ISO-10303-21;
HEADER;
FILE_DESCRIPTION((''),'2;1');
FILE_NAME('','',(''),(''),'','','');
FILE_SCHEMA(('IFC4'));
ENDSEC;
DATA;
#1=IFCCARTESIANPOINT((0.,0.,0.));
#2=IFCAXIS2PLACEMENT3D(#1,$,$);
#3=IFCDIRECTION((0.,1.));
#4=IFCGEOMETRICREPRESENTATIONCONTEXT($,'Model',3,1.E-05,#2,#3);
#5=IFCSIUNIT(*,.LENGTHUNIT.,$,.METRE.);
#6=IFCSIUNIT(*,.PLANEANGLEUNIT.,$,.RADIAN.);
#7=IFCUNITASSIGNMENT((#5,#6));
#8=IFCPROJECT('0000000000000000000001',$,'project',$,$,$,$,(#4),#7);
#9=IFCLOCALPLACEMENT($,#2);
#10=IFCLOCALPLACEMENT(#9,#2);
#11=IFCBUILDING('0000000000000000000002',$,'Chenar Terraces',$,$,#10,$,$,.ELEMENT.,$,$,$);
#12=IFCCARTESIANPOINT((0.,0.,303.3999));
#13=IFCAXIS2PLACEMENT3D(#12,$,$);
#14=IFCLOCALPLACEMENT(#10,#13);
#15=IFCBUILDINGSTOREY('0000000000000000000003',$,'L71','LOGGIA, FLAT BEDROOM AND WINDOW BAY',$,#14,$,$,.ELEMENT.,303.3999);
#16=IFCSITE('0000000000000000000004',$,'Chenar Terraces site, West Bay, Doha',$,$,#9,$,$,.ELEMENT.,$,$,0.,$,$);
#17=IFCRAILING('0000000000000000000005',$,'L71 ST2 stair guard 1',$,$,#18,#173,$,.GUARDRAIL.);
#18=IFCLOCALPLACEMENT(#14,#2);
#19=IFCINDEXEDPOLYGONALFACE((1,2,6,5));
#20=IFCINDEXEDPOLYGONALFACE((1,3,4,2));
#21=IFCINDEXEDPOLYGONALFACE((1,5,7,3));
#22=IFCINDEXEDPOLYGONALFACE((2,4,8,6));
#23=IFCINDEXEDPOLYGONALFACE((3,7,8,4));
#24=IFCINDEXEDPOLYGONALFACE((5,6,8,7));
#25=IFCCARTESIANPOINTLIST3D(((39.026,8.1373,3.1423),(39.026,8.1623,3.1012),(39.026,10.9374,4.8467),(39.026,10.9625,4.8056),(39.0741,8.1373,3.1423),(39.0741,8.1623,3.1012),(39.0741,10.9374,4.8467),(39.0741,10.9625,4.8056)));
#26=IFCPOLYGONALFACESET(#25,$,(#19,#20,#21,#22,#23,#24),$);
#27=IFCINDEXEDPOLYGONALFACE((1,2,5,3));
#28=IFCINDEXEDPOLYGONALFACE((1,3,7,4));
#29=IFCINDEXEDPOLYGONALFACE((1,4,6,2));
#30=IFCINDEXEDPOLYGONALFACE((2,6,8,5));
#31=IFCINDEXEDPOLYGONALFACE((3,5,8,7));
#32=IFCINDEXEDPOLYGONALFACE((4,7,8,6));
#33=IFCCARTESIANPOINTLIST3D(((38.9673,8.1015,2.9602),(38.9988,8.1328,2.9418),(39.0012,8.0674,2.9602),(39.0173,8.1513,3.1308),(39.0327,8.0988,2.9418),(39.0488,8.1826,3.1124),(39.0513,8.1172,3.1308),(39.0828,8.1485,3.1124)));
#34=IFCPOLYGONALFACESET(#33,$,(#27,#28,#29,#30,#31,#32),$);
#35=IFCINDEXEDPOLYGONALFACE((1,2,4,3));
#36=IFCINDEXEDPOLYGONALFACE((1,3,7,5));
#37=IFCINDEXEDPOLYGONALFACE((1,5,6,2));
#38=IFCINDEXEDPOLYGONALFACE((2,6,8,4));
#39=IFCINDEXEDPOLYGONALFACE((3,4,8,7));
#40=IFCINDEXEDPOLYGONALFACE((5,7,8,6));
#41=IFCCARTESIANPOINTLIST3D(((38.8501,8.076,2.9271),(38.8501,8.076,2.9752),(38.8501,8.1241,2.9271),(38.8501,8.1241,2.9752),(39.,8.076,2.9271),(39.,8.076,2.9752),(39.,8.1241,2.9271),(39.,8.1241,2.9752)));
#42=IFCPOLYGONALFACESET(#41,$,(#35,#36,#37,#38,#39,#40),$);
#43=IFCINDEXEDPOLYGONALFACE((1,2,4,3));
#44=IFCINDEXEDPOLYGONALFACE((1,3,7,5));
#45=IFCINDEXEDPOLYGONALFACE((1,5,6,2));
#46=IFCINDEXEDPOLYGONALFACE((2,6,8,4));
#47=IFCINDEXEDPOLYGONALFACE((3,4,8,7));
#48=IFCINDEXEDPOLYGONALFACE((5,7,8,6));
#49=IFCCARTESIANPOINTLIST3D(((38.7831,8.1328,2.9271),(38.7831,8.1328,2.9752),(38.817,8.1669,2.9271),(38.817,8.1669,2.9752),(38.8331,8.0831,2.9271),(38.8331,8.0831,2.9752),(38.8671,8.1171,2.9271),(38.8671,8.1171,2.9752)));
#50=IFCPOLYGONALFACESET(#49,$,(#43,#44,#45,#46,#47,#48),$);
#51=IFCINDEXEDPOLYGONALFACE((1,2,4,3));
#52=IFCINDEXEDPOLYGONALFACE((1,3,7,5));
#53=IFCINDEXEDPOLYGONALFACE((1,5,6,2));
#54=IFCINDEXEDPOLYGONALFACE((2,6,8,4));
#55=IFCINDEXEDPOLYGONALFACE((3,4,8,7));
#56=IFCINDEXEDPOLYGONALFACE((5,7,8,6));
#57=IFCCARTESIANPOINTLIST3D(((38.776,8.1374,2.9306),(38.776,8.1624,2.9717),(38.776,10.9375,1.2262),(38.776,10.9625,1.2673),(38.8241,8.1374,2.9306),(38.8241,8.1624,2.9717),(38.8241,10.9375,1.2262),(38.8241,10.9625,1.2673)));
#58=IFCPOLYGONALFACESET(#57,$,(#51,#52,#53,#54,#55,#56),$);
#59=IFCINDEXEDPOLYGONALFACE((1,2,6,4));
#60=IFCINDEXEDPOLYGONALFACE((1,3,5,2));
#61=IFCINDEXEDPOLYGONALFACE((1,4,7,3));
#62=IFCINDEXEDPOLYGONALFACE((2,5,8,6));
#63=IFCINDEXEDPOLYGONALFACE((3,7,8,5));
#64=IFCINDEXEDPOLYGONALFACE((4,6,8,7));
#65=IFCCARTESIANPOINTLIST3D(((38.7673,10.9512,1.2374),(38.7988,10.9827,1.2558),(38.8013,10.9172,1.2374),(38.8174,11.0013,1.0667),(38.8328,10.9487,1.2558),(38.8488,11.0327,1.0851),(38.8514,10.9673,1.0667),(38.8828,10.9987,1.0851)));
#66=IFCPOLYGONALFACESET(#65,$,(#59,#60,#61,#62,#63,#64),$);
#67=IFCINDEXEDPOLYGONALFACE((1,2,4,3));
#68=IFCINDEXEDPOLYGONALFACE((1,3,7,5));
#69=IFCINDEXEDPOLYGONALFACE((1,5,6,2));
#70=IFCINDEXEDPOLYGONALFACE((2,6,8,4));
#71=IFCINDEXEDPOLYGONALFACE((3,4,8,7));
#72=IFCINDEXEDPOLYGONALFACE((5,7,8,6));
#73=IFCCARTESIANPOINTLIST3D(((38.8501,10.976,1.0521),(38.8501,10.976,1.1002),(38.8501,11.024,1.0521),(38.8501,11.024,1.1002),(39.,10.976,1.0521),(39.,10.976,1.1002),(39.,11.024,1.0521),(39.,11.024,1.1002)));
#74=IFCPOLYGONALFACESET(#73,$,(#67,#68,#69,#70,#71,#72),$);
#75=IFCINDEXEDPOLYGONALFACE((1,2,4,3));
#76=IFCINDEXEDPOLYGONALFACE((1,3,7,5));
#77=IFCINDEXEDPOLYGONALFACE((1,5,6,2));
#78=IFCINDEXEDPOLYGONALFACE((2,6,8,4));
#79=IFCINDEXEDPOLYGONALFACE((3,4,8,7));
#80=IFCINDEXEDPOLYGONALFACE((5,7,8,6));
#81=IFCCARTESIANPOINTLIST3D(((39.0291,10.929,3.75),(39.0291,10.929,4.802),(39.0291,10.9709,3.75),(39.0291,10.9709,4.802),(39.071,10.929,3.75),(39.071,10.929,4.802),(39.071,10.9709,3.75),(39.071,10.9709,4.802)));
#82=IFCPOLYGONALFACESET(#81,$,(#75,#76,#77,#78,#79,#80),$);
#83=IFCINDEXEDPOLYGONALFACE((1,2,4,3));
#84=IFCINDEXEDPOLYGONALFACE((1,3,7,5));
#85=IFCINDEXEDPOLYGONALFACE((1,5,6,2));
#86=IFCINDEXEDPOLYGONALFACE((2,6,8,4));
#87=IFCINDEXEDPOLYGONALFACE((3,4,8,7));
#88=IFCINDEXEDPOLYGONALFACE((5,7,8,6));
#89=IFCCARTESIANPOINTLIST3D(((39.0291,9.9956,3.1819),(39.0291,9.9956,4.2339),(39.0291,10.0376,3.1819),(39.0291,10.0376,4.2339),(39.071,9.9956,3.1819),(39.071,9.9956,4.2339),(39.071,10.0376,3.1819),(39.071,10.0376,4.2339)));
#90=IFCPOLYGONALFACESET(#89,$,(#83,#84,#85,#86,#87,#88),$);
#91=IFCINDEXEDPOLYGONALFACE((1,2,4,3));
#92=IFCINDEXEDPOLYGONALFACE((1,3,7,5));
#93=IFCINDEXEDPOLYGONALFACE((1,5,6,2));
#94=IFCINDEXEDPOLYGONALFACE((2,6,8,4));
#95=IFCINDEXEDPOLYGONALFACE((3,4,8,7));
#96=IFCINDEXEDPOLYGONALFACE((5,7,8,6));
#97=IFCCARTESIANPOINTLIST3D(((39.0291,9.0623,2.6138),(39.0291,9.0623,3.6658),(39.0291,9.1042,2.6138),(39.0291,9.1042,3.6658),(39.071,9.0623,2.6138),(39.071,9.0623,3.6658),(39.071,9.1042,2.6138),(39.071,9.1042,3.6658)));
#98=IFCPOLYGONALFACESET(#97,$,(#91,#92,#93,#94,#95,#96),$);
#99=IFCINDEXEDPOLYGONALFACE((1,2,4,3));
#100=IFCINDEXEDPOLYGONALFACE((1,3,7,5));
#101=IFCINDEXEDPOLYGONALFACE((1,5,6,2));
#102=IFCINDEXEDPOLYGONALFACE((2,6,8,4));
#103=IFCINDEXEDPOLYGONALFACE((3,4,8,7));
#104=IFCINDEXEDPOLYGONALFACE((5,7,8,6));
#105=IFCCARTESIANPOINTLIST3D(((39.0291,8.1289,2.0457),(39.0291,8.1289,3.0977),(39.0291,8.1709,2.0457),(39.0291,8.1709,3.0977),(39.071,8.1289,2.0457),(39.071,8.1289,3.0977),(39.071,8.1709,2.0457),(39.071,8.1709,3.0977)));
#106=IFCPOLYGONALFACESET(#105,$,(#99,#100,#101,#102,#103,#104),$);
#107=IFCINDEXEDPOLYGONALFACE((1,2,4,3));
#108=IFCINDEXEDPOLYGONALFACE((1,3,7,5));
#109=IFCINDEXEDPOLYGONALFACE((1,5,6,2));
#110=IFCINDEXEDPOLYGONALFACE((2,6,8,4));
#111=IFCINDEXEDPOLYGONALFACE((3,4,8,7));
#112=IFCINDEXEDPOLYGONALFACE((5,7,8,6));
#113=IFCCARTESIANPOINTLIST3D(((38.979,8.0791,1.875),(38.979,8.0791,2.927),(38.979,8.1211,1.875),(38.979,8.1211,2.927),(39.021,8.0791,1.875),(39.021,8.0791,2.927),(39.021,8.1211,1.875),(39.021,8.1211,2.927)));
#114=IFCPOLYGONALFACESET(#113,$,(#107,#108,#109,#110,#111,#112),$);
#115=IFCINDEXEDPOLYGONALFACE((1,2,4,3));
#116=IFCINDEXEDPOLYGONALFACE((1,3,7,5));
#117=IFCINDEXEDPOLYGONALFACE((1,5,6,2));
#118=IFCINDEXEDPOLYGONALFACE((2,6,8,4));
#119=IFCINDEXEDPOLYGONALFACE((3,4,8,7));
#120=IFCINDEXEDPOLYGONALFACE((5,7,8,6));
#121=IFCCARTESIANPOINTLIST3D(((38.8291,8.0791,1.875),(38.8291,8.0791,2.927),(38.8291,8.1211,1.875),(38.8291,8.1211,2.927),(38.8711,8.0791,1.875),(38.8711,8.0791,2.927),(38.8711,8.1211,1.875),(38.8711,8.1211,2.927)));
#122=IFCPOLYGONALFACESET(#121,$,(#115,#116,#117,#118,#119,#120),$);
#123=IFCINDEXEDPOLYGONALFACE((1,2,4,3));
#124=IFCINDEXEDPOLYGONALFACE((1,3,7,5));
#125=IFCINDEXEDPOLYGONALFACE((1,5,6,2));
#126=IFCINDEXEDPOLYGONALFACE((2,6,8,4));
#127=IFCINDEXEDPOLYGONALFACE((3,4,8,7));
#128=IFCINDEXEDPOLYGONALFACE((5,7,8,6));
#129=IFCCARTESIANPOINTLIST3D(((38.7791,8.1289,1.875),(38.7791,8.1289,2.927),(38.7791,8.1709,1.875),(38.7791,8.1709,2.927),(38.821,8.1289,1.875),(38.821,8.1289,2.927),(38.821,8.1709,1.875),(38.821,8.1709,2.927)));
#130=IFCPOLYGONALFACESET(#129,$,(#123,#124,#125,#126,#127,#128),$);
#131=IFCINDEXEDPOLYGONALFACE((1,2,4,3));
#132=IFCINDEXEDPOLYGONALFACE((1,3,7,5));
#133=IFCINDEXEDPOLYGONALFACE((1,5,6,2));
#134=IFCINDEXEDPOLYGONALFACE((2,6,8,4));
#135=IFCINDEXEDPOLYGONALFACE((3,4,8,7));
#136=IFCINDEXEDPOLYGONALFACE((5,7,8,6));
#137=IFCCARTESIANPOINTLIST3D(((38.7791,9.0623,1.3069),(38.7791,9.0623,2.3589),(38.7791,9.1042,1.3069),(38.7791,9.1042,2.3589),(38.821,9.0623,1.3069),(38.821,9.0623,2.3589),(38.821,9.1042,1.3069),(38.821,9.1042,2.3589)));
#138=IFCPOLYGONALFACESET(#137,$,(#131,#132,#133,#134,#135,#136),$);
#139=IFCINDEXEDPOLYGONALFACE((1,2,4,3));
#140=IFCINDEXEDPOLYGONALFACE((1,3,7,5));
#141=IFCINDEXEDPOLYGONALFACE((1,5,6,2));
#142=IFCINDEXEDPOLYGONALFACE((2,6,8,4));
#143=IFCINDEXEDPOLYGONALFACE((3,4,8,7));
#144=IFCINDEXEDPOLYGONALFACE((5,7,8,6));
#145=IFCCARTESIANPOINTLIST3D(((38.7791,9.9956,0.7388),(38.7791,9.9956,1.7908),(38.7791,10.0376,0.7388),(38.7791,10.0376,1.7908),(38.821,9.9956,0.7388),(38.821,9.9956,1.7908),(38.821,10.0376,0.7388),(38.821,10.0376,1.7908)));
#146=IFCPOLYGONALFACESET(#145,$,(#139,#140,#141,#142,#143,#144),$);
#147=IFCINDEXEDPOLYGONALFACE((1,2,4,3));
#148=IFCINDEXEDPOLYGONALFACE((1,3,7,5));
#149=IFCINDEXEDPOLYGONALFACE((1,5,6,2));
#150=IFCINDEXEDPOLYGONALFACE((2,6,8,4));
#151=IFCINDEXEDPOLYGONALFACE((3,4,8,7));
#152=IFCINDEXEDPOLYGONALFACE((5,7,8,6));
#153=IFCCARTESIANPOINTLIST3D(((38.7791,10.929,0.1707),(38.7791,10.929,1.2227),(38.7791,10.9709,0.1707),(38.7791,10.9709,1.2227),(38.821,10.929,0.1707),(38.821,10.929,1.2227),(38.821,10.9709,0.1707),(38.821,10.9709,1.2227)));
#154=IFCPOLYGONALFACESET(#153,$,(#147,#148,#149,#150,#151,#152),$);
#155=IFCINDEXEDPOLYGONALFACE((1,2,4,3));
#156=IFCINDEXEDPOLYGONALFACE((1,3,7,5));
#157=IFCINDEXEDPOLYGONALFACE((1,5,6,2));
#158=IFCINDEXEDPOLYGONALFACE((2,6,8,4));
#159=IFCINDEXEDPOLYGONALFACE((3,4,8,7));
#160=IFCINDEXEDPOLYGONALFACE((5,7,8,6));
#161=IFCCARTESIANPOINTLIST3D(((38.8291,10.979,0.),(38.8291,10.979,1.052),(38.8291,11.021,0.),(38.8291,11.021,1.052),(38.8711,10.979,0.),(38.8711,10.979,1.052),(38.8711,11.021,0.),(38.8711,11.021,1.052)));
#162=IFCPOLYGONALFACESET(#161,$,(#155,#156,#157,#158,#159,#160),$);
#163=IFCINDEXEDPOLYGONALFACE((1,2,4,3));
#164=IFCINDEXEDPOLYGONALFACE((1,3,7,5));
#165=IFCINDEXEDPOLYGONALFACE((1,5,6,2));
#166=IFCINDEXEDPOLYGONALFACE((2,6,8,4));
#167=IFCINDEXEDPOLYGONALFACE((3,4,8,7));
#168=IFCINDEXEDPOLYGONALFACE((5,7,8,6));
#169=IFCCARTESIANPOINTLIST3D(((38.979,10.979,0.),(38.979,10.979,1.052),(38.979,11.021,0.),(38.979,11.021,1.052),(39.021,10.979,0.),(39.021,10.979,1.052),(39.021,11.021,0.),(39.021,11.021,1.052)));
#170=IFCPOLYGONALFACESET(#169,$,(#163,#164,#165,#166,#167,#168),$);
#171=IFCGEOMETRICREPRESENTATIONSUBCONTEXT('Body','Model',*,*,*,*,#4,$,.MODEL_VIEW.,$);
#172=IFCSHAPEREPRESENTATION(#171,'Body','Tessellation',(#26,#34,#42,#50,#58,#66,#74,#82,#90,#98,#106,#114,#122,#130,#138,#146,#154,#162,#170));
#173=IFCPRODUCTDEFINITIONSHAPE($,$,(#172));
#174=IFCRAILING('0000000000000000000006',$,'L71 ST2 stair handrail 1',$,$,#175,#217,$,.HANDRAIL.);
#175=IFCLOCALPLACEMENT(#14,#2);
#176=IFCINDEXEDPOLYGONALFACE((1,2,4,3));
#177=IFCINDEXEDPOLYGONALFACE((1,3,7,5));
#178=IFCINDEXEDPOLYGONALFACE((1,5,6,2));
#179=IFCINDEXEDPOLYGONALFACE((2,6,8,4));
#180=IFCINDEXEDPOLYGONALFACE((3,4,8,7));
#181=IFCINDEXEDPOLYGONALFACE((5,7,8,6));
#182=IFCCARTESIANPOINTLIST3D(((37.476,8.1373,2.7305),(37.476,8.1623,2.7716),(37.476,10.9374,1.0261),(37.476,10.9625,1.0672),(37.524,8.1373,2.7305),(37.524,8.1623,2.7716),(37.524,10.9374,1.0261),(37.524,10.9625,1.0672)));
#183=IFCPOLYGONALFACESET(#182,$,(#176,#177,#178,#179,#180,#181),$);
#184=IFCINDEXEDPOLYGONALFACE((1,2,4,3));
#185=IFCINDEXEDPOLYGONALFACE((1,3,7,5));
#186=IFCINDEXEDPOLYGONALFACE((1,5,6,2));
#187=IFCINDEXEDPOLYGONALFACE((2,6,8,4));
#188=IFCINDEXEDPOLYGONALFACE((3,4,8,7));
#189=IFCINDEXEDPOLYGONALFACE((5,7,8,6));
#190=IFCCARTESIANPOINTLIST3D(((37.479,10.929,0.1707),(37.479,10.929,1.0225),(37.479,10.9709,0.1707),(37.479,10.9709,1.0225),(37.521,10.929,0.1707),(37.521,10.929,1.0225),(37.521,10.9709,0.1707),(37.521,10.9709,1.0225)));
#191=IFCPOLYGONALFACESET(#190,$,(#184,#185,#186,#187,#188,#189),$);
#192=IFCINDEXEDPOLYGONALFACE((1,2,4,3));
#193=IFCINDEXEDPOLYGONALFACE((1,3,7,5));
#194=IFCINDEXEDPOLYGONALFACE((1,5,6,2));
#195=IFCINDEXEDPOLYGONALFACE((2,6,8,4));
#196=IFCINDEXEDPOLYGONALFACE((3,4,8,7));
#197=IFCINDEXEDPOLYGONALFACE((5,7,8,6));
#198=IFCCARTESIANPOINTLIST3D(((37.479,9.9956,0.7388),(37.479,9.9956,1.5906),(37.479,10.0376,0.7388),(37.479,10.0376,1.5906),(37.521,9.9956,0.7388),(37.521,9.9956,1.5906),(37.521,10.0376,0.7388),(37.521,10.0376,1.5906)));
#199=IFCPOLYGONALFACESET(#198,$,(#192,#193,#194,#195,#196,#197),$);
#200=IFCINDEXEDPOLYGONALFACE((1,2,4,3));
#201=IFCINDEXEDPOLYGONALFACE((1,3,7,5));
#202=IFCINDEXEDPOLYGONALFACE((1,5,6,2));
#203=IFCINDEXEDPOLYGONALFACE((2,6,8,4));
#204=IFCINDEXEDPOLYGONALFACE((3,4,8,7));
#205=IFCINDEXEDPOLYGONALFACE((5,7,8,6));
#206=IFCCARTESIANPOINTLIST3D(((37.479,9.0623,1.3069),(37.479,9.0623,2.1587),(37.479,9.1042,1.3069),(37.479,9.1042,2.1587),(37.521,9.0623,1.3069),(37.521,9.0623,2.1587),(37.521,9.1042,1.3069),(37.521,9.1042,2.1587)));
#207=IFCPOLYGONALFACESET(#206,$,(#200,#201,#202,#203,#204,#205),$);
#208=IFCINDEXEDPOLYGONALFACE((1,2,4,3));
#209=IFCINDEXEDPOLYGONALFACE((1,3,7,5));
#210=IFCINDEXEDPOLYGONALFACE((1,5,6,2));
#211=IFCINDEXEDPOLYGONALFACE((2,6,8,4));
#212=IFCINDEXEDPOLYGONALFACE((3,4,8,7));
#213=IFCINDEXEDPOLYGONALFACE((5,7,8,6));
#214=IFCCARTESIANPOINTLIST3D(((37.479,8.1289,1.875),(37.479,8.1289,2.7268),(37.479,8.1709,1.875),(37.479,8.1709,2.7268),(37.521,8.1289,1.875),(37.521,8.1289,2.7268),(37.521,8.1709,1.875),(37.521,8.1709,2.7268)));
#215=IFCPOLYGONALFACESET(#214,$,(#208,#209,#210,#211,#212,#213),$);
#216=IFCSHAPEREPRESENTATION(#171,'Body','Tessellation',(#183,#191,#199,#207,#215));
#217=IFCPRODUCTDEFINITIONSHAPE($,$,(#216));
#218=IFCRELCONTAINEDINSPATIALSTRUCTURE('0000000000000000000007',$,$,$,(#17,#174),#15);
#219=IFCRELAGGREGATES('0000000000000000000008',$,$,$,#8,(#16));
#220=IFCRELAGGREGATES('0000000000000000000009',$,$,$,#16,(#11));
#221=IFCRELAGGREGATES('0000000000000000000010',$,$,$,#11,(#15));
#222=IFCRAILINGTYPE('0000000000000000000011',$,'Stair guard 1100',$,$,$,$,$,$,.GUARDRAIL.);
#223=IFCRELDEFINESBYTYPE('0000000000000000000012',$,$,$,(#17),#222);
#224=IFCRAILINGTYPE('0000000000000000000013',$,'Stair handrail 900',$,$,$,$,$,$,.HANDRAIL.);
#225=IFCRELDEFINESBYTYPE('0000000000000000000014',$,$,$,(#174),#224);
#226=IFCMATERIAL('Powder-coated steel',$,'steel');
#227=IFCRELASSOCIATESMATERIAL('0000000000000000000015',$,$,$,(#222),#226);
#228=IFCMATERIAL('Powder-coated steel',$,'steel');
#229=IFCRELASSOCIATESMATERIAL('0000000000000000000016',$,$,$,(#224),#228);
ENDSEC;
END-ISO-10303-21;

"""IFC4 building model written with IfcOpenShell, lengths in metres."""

from ifc_helpers import new_model, si_unit, direction, frame, origin, origin_2d, place, context, subcontext, project, spatial, rectangle, extrude, material, type_object, element, save


model = new_model("IFC4")

# Units and contexts
model_context = context("Model", 3, precision=1e-05, world=origin(), true_north=direction((0.0, 1.0)))
body_context = subcontext(model_context, "Body", "Model", "MODEL_VIEW")
ifc_project = project(units=[si_unit("LENGTHUNIT", "METRE"), si_unit("PLANEANGLEUNIT", "RADIAN")], contexts=[model_context])

# Site, building, storey
site_placement = place(None, origin())
site = spatial("IfcSite", under=ifc_project, at=site_placement, Name="Chenar Terraces site, West Bay, Doha", CompositionType="ELEMENT", RefElevation=0.0)
building_placement = place(site_placement, origin())
building = spatial("IfcBuilding", under=site, at=building_placement, Name="Chenar Terraces", CompositionType="ELEMENT")
storey_placement = place(building_placement, frame((0.0, 0.0, 303.3999)))
storey = spatial("IfcBuildingStorey", under=building, at=storey_placement, Name="L71", Description="LOGGIA, FLAT BEDROOM AND WINDOW BAY", CompositionType="ELEMENT", Elevation=303.3999)

# Railings
ifc_material_1 = material(Name="Powder-coated steel", Category="steel")
railing_type_1 = type_object("IfcRailingType", Name="Stair guard 1100", PredefinedType="GUARDRAIL", material=ifc_material_1)
railing_1_placement = place(storey_placement, frame((39.05, 10.95, 3.75)))
element("IfcRailing", 1, at=railing_1_placement, inside=storey, type_object=railing_type_1, Name="L71 ST2 stair guard 1", PredefinedType="GUARDRAIL", context=body_context, shape_type="SweptSolid", body=[
    extrude(rectangle(XDim=0.0481, YDim=0.0481, at=origin_2d()), frame((0.0, 0.0, 1.0762), z_axis=(0.0, -0.854203, -0.51994), x_axis=(1.0, 0.0, 0.0)), (0.0, 0.0, 1.0), 3.2781),
    extrude(rectangle(XDim=0.0481, YDim=0.0481, at=origin_2d()), frame((0.0, -2.8, -0.6284), z_axis=(-0.270997, -0.269675, -0.924033), x_axis=(0.705376, -0.708834, 0.0)), (0.0, 0.0, 1.0), 0.1846),
    extrude(rectangle(XDim=0.0481, YDim=0.0481, at=origin_2d()), frame((-0.05, -2.8499, -0.7988), z_axis=(-1.0, 0.0, 0.0), x_axis=(0.0, -1.0, 0.0)), (0.0, 0.0, 1.0), 0.1499),
    extrude(rectangle(XDim=0.0481, YDim=0.0481, at=origin_2d()), frame((-0.2, -2.8499, -0.7988), z_axis=(-0.708834, 0.705376, 0.0), x_axis=(-0.705376, -0.708834, 0.0)), (0.0, 0.0, 1.0), 0.0706),
    extrude(rectangle(XDim=0.0481, YDim=0.0481, at=origin_2d()), frame((-0.25, -2.8, -0.7988), z_axis=(0.0, 0.854203, -0.51994), x_axis=(-1.0, 0.0, 0.0)), (0.0, 0.0, 1.0), 3.2781),
    extrude(rectangle(XDim=0.0481, YDim=0.0481, at=origin_2d()), frame((-0.25, 0.0, -2.5034), z_axis=(0.2709, 0.2709, -0.923703), x_axis=(-0.707107, 0.707107, 0.0)), (0.0, 0.0, 1.0), 0.1848),
    extrude(rectangle(XDim=0.0481, YDim=0.0481, at=origin_2d()), frame((-0.2, 0.05, -2.6738), z_axis=(1.0, 0.0, 0.0), x_axis=(0.0, 1.0, 0.0)), (0.0, 0.0, 1.0), 0.1499),
    extrude(rectangle(XDim=0.042, YDim=0.042, at=origin_2d()), origin(), (0.0, 0.0, 1.0), 1.052),
    extrude(rectangle(XDim=0.042, YDim=0.042, at=origin_2d()), frame((0.0, -0.9333, -0.5681)), (0.0, 0.0, 1.0), 1.052),
    extrude(rectangle(XDim=0.042, YDim=0.042, at=origin_2d()), frame((0.0, -1.8667, -1.1362)), (0.0, 0.0, 1.0), 1.052),
    extrude(rectangle(XDim=0.042, YDim=0.042, at=origin_2d()), frame((0.0, -2.8, -1.7043)), (0.0, 0.0, 1.0), 1.052),
    extrude(rectangle(XDim=0.042, YDim=0.042, at=origin_2d()), frame((-0.05, -2.8499, -1.875)), (0.0, 0.0, 1.0), 1.052),
    extrude(rectangle(XDim=0.042, YDim=0.042, at=origin_2d()), frame((-0.2, -2.8499, -1.875)), (0.0, 0.0, 1.0), 1.052),
    extrude(rectangle(XDim=0.042, YDim=0.042, at=origin_2d()), frame((-0.25, -2.8, -1.875)), (0.0, 0.0, 1.0), 1.052),
    extrude(rectangle(XDim=0.042, YDim=0.042, at=origin_2d()), frame((-0.25, -1.8667, -2.4431)), (0.0, 0.0, 1.0), 1.052),
    extrude(rectangle(XDim=0.042, YDim=0.042, at=origin_2d()), frame((-0.25, -0.9333, -3.0112)), (0.0, 0.0, 1.0), 1.052),
    extrude(rectangle(XDim=0.042, YDim=0.042, at=origin_2d()), frame((-0.25, 0.0, -3.5793)), (0.0, 0.0, 1.0), 1.052),
    extrude(rectangle(XDim=0.042, YDim=0.042, at=origin_2d()), frame((-0.2, 0.05, -3.75)), (0.0, 0.0, 1.0), 1.052),
    extrude(rectangle(XDim=0.042, YDim=0.042, at=origin_2d()), frame((-0.05, 0.05, -3.75)), (0.0, 0.0, 1.0), 1.052),
])
ifc_material_2 = material(Name="Powder-coated steel", Category="steel")
railing_type_2 = type_object("IfcRailingType", Name="Stair handrail 900", PredefinedType="HANDRAIL", material=ifc_material_2)
railing_2_placement = place(storey_placement, frame((37.5, 10.95, 0.1707)))
element("IfcRailing", 2, at=railing_2_placement, inside=storey, type_object=railing_type_2, Name="L71 ST2 stair handrail 1", PredefinedType="HANDRAIL", context=body_context, shape_type="SweptSolid", body=[
    extrude(rectangle(XDim=0.0481, YDim=0.0481, at=origin_2d()), frame((0.0, 0.0, 0.876), z_axis=(0.0, -0.854203, 0.51994), x_axis=(1.0, 0.0, 0.0)), (0.0, 0.0, 1.0), 3.2781),
    extrude(rectangle(XDim=0.042, YDim=0.042, at=origin_2d()), origin(), (0.0, 0.0, 1.0), 0.8518),
    extrude(rectangle(XDim=0.042, YDim=0.042, at=origin_2d()), frame((0.0, -0.9333, 0.5681)), (0.0, 0.0, 1.0), 0.8518),
    extrude(rectangle(XDim=0.042, YDim=0.042, at=origin_2d()), frame((0.0, -1.8667, 1.1362)), (0.0, 0.0, 1.0), 0.8518),
    extrude(rectangle(XDim=0.042, YDim=0.042, at=origin_2d()), frame((0.0, -2.8, 1.7043)), (0.0, 0.0, 1.0), 0.8518),
])

save(model, "model.ifc")
